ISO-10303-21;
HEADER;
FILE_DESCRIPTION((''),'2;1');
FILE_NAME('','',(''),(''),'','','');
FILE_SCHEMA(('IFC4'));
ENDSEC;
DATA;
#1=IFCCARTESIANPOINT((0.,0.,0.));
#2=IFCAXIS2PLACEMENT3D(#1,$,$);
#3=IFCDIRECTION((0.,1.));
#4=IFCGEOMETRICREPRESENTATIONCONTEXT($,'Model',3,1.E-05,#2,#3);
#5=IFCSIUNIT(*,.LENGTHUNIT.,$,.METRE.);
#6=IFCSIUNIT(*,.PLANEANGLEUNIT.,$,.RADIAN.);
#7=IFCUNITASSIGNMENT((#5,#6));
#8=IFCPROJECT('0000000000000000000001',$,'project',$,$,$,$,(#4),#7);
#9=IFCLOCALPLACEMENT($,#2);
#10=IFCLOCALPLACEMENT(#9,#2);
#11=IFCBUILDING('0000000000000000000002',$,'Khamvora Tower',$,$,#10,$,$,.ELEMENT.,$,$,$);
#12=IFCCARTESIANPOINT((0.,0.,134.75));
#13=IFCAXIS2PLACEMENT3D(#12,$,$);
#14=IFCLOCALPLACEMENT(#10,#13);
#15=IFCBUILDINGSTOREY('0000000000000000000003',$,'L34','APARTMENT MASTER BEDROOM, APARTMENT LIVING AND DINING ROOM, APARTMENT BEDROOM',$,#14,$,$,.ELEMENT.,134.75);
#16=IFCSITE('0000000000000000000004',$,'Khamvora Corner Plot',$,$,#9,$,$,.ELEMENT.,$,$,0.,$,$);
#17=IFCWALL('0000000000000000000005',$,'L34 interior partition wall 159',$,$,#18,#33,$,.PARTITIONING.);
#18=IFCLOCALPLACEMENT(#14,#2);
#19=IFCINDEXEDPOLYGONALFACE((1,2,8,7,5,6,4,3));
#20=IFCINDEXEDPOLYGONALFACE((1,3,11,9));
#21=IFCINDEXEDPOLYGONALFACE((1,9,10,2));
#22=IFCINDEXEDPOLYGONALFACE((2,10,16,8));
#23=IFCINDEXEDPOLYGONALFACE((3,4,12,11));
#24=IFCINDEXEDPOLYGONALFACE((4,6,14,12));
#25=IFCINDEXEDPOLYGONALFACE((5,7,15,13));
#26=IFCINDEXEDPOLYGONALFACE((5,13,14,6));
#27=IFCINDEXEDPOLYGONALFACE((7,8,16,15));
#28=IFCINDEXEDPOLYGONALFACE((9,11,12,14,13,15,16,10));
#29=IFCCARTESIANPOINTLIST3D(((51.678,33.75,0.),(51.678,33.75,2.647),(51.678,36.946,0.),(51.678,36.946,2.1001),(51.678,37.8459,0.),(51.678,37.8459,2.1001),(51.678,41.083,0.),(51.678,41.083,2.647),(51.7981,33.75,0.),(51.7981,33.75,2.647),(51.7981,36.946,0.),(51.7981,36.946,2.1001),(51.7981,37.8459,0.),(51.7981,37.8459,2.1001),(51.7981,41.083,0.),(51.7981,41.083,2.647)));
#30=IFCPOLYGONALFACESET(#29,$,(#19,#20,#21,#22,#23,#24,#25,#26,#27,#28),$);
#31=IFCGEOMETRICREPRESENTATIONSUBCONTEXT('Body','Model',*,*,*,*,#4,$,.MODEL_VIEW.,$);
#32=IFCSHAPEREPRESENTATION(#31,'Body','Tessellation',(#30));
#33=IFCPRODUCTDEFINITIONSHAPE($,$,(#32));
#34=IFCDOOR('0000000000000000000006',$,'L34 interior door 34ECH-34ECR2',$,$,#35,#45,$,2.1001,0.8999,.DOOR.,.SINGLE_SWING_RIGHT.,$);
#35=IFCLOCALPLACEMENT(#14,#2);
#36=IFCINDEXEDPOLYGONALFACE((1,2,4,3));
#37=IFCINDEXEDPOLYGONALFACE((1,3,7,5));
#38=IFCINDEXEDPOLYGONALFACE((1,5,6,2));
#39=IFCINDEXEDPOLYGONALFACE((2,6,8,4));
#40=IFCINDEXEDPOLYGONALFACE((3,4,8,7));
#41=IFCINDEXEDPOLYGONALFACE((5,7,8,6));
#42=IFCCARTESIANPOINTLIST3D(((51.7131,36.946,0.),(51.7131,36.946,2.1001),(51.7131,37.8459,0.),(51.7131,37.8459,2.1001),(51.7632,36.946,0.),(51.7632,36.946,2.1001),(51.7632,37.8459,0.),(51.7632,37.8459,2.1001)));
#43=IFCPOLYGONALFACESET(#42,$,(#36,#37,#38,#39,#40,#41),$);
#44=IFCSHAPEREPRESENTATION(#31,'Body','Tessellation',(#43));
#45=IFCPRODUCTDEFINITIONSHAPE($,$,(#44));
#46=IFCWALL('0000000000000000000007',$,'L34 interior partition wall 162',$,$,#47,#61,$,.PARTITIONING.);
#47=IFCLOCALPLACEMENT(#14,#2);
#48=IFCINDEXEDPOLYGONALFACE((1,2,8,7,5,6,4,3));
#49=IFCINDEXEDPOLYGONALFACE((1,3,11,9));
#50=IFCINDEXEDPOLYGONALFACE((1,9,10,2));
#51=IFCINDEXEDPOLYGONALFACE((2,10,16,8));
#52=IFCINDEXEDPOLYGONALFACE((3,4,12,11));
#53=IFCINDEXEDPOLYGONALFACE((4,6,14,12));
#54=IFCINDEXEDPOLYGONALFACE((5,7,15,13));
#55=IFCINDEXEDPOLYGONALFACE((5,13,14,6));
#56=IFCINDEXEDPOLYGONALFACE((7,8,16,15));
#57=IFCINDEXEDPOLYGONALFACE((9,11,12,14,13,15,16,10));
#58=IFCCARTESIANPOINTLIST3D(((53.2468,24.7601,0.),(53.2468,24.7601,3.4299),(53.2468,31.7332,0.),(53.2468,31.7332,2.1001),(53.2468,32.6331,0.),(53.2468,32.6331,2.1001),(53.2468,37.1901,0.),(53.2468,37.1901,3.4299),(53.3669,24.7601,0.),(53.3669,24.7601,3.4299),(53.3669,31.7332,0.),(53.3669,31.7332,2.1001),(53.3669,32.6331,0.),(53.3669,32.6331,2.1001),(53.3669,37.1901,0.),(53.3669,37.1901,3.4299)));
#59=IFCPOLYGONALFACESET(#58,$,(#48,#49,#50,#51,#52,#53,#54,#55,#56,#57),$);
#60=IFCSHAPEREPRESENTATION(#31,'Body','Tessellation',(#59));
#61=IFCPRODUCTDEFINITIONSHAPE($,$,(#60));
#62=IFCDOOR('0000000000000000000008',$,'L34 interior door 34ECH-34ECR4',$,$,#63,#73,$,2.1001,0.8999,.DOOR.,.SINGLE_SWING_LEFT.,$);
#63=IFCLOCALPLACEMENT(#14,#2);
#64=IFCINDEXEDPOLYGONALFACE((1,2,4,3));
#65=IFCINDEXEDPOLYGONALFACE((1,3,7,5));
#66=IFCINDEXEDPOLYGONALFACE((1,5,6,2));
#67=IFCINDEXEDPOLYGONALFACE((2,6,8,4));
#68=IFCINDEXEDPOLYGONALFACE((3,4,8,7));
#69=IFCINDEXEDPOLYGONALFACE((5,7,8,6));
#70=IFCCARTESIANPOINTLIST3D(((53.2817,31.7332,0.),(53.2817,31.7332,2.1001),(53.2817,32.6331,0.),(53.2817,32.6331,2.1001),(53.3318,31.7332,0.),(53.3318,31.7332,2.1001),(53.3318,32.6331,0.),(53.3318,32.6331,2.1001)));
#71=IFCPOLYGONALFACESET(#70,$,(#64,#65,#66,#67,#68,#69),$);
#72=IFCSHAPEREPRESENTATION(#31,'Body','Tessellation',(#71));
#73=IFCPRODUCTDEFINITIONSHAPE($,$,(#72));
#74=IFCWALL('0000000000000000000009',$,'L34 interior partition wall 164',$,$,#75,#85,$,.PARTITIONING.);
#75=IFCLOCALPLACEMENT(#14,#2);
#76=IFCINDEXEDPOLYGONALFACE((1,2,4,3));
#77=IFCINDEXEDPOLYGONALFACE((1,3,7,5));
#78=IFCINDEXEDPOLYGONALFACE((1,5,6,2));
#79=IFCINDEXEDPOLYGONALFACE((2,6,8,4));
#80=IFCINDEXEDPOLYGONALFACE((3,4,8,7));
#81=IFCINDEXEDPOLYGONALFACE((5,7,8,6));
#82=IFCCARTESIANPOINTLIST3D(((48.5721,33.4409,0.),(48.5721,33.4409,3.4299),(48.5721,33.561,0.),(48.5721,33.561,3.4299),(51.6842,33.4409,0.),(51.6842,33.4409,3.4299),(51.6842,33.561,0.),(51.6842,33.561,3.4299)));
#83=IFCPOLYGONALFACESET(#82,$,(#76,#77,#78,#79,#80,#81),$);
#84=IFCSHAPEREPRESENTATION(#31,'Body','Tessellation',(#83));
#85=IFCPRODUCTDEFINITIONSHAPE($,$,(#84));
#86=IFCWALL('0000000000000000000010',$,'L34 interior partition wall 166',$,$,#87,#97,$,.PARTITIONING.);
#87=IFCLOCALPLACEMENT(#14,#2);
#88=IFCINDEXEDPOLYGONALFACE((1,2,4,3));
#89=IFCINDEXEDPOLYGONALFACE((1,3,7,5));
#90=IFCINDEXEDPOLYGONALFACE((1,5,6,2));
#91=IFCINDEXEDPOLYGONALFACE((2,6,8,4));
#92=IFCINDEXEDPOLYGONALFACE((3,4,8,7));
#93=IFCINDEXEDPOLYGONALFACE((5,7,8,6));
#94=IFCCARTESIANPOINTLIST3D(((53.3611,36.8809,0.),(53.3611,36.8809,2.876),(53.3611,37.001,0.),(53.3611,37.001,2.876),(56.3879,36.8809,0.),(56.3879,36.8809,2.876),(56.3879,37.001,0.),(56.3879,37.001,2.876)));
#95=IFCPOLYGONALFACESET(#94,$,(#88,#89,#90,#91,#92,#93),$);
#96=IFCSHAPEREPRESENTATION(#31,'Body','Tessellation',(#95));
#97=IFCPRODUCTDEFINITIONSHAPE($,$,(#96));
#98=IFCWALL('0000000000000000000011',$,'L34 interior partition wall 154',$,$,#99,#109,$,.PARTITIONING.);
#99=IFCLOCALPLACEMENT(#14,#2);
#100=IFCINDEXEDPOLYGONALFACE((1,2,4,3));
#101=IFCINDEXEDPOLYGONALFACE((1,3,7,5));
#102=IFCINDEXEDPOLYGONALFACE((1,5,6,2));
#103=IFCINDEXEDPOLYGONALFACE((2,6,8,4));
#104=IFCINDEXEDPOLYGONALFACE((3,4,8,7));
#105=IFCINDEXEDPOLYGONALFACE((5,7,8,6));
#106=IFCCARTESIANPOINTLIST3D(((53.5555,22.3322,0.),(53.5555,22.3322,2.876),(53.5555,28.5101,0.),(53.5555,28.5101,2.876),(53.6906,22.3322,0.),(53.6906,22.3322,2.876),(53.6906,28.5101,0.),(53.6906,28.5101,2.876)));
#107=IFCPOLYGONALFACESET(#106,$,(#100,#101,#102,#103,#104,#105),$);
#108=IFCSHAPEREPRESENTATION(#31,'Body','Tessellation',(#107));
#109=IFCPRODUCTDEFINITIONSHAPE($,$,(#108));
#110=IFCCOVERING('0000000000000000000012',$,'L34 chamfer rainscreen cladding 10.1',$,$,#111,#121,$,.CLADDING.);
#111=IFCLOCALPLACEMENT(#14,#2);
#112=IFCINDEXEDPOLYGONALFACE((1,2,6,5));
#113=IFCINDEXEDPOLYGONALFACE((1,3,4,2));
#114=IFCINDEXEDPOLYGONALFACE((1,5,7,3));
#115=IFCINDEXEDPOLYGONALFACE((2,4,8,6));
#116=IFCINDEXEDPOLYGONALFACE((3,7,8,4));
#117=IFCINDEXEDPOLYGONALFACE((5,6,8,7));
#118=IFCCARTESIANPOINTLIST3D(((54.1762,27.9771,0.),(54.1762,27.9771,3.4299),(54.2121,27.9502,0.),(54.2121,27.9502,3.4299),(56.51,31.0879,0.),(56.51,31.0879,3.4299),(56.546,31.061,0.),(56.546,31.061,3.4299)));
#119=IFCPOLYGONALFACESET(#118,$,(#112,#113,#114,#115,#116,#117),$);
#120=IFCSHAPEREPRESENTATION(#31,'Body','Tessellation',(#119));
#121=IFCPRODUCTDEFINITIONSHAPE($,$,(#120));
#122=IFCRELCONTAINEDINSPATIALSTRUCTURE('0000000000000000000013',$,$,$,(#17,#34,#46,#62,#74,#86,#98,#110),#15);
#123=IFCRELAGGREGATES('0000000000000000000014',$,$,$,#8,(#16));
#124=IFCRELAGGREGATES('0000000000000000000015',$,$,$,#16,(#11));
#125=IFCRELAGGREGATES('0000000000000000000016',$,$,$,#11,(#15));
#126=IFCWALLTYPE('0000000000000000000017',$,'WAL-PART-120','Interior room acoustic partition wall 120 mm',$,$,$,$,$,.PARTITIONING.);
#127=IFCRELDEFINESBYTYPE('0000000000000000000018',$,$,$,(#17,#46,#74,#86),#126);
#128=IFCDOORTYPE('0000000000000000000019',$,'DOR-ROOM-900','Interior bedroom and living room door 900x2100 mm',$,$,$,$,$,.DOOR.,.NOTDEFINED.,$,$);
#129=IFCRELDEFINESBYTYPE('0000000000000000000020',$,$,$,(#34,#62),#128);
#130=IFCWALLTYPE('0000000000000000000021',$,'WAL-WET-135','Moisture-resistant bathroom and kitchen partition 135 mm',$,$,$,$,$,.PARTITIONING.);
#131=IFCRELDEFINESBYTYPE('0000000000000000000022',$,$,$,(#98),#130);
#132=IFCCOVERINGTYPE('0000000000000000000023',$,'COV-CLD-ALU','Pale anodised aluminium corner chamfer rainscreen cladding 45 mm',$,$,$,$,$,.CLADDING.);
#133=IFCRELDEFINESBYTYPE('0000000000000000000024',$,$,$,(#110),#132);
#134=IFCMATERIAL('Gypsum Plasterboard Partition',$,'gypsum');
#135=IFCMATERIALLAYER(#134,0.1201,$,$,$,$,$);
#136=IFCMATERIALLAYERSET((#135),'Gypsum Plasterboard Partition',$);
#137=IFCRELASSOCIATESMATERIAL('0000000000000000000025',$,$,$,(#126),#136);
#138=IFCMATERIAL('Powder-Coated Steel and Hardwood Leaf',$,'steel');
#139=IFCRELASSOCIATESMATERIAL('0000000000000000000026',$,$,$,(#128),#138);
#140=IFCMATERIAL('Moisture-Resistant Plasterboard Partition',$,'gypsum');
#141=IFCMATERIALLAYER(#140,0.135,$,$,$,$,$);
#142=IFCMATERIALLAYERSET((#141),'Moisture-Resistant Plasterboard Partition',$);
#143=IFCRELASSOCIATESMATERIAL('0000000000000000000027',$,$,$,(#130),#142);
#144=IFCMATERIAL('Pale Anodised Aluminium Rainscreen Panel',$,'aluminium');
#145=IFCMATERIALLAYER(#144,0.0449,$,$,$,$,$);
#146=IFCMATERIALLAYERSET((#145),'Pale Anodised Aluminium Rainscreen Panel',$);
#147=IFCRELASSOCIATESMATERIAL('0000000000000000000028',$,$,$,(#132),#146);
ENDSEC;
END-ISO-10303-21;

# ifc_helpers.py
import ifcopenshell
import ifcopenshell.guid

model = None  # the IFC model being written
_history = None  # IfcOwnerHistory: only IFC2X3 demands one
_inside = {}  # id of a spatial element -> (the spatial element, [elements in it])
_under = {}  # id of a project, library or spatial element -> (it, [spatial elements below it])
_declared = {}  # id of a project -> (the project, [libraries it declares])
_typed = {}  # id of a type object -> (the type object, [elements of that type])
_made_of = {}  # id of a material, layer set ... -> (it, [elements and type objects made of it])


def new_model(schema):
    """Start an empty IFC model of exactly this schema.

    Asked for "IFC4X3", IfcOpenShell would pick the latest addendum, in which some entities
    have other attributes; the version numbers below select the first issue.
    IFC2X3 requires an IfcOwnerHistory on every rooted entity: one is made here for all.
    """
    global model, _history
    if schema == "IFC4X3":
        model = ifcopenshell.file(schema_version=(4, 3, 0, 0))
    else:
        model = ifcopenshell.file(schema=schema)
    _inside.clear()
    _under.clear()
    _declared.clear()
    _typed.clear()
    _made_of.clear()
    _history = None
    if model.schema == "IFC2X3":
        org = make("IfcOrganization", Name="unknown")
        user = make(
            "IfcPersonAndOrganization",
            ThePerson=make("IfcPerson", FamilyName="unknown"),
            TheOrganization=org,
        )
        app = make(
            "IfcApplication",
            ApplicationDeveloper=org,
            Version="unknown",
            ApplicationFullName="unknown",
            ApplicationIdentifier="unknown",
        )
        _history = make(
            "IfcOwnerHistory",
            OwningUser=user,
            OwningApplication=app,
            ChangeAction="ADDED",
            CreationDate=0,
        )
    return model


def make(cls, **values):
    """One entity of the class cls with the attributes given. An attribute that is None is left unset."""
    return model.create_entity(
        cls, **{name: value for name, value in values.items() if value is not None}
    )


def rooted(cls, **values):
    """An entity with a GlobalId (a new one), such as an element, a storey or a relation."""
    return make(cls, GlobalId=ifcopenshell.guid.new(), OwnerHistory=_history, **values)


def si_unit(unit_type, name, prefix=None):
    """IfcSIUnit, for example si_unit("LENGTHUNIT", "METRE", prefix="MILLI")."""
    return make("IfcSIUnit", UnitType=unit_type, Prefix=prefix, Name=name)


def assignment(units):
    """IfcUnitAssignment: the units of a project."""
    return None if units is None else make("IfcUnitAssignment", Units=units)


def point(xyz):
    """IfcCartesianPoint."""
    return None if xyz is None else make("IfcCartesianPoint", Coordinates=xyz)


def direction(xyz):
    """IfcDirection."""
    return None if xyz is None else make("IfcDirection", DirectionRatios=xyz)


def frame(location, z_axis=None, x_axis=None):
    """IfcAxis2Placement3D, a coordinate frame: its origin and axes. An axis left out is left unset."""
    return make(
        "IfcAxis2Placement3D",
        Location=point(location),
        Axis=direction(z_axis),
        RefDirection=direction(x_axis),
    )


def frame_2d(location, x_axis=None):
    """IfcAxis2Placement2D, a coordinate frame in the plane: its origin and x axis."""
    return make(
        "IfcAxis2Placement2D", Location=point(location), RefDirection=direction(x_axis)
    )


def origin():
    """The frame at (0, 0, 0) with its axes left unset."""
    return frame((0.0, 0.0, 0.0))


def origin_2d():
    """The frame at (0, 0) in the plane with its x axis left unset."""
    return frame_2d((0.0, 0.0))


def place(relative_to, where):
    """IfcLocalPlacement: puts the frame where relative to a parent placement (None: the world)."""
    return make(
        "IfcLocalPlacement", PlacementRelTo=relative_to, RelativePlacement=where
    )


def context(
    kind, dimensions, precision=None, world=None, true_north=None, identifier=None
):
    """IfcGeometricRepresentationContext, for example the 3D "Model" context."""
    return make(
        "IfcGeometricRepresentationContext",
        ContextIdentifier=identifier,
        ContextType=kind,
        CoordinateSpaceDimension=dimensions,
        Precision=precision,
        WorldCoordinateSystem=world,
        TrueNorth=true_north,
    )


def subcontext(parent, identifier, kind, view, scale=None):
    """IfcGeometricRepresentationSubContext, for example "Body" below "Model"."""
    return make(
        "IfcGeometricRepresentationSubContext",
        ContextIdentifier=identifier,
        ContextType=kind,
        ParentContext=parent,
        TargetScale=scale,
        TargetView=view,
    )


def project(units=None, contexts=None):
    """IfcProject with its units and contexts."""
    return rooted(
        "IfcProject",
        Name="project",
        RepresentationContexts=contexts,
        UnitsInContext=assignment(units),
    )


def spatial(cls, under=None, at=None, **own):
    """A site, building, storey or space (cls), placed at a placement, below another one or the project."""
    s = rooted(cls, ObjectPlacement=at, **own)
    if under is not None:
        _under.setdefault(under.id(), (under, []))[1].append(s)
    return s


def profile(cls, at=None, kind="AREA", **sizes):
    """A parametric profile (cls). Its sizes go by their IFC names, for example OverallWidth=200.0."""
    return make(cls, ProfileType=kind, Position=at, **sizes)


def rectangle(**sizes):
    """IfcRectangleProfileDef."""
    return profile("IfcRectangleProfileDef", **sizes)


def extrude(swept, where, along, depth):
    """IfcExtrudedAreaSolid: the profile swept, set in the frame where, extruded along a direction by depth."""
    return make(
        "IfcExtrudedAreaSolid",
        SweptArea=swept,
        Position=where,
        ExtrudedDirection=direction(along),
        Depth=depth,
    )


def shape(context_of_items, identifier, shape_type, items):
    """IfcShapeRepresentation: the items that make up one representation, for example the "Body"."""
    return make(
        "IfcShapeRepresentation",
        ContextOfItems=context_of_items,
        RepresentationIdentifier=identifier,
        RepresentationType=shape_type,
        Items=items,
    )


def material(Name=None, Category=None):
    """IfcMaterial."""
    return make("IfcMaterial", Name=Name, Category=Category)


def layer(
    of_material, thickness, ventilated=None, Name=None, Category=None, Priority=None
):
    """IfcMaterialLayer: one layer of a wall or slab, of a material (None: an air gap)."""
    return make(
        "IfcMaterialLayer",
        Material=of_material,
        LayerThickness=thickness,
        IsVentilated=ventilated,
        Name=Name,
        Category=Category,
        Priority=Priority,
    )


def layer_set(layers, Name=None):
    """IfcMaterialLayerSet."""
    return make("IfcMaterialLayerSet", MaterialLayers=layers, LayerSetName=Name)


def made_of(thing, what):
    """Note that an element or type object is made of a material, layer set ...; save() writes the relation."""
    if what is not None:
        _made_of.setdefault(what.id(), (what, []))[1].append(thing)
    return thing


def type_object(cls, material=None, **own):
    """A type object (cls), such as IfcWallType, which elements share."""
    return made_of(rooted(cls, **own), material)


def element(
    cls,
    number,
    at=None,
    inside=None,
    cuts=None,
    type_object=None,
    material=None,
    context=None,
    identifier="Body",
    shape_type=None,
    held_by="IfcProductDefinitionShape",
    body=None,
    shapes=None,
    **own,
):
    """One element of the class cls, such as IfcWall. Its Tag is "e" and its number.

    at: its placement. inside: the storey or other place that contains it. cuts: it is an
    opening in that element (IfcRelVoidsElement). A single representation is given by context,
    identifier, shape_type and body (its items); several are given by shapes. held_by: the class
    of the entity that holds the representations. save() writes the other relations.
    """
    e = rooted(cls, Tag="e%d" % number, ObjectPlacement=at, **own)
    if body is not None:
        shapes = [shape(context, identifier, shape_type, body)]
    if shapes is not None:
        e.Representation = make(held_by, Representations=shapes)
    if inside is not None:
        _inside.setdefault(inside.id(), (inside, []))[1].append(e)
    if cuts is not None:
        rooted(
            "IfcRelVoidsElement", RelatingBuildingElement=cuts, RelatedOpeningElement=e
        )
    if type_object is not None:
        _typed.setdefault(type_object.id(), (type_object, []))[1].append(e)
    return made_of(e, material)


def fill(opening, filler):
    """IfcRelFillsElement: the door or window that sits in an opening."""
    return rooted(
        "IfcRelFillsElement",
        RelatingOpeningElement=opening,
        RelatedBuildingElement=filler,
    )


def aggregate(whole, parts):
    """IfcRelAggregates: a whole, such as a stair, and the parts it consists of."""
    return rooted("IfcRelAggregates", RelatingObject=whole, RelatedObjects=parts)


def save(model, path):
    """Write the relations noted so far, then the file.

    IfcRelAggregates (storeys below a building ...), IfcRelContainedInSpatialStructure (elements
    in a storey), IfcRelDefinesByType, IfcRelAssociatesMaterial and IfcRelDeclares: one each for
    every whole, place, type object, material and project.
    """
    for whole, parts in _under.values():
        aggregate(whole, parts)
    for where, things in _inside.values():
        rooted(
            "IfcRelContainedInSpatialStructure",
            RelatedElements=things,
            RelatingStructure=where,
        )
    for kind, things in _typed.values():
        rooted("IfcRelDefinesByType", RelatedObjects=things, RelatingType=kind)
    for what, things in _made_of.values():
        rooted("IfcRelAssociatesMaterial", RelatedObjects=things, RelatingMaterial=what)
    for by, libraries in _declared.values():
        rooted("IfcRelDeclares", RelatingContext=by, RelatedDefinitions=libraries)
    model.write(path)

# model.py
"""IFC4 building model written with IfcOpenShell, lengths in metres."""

from ifc_helpers import new_model, si_unit, direction, frame, frame_2d, origin, origin_2d, place, context, subcontext, project, spatial, rectangle, extrude, material, layer, layer_set, type_object, element, fill, save


model = new_model("IFC4")

# Units and contexts
model_context = context("Model", 3, precision=1e-05, world=origin(), true_north=direction((0.0, 1.0)))
body_context = subcontext(model_context, "Body", "Model", "MODEL_VIEW")
ifc_project = project(units=[si_unit("LENGTHUNIT", "METRE"), si_unit("PLANEANGLEUNIT", "RADIAN")], contexts=[model_context])

# Site, building, storey
site_placement = place(None, origin())
site = spatial("IfcSite", under=ifc_project, at=site_placement, Name="Khamvora Corner Plot", CompositionType="ELEMENT", RefElevation=0.0)
building_placement = place(site_placement, origin())
building = spatial("IfcBuilding", under=site, at=building_placement, Name="Khamvora Tower", CompositionType="ELEMENT")
storey_placement = place(building_placement, frame((0.0, 0.0, 134.75)))
storey = spatial("IfcBuildingStorey", under=building, at=storey_placement, Name="L34", Description="APARTMENT MASTER BEDROOM, APARTMENT LIVING AND DINING ROOM, APARTMENT BEDROOM", CompositionType="ELEMENT", Elevation=134.75)

# Shared definitions
ifc_material_1 = material(Name="Powder-Coated Steel and Hardwood Leaf", Category="steel")

# Shared definitions
ifc_material_2 = material(Name="Gypsum Plasterboard Partition", Category="gypsum")
ifc_layer_1 = layer(ifc_material_2, 0.1201)
ifc_layer_set_1 = layer_set([ifc_layer_1], Name="Gypsum Plasterboard Partition")
wall_type_1 = type_object("IfcWallType", Name="WAL-PART-120", Description="Interior room acoustic partition wall 120 mm", PredefinedType="PARTITIONING", material=ifc_layer_set_1)
door_type_1 = type_object("IfcDoorType", Name="DOR-ROOM-900", Description="Interior bedroom and living room door 900x2100 mm", OperationType="NOTDEFINED", PredefinedType="DOOR", material=ifc_material_1)

# Walls, openings, doors
wall_1_placement = place(storey_placement, frame((51.738, 33.75, 0.0), z_axis=(0.0, 0.0, 1.0), x_axis=(0.0, 1.0, 0.0)))
wall_1 = element("IfcWall", 1, at=wall_1_placement, inside=storey, type_object=wall_type_1, Name="L34 interior partition wall 159", PredefinedType="PARTITIONING", context=body_context, shape_type="SweptSolid", body=[
    extrude(rectangle(XDim=7.333, YDim=0.1201, at=frame_2d((3.6665, 0.0))), origin(), (0.0, 0.0, 1.0), 2.647),
])
opening_1_placement = place(wall_1_placement, frame((3.196, 0.0, 0.0)))
opening_1 = element("IfcOpeningElement", 2, at=opening_1_placement, cuts=wall_1, PredefinedType="OPENING", context=body_context, shape_type="SweptSolid", body=[
    extrude(rectangle(XDim=0.8999, YDim=2.1001, at=frame_2d((0.45, 1.05))), frame((0.0, 0.0701, 0.0), z_axis=(0.0, -1.0, 0.0), x_axis=(1.0, 0.0, 0.0)), (0.0, 0.0, 1.0), 0.1401),
])
door_1_placement = place(opening_1_placement, origin())
door_1 = element("IfcDoor", 3, at=door_1_placement, inside=storey, type_object=door_type_1, Name="L34 interior door 34ECH-34ECR2", OperationType="SINGLE_SWING_RIGHT", OverallHeight=2.1001, OverallWidth=0.8999, PredefinedType="DOOR", context=body_context, shape_type="SweptSolid", body=[
    extrude(rectangle(XDim=0.8999, YDim=2.1001, at=frame_2d((0.45, 1.05))), frame((0.0, 0.0249, 0.0), z_axis=(0.0, -1.0, 0.0), x_axis=(1.0, 0.0, 0.0)), (0.0, 0.0, 1.0), 0.05),
])
fill(opening_1, door_1)
wall_2_placement = place(storey_placement, frame((53.3069, 37.1899, 0.0), z_axis=(0.0, 0.0, 1.0), x_axis=(0.0, -1.0, 0.0)))
wall_2 = element("IfcWall", 4, at=wall_2_placement, inside=storey, type_object=wall_type_1, Name="L34 interior partition wall 162", PredefinedType="PARTITIONING", context=body_context, shape_type="SweptSolid", body=[
    extrude(rectangle(XDim=12.4299, YDim=0.1201, at=frame_2d((6.2148, 0.0))), origin(), (0.0, 0.0, 1.0), 3.4299),
])
opening_2_placement = place(wall_2_placement, frame((4.5569, 0.0, 0.0)))
opening_2 = element("IfcOpeningElement", 5, at=opening_2_placement, cuts=wall_2, PredefinedType="OPENING", context=body_context, shape_type="SweptSolid", body=[
    extrude(rectangle(XDim=0.8999, YDim=2.1001, at=frame_2d((0.45, 1.05))), frame((0.0, 0.0701, 0.0), z_axis=(0.0, -1.0, 0.0), x_axis=(1.0, 0.0, 0.0)), (0.0, 0.0, 1.0), 0.1401),
])
door_2_placement = place(opening_2_placement, origin())
door_2 = element("IfcDoor", 6, at=door_2_placement, inside=storey, type_object=door_type_1, Name="L34 interior door 34ECH-34ECR4", OperationType="SINGLE_SWING_LEFT", OverallHeight=2.1001, OverallWidth=0.8999, PredefinedType="DOOR", context=body_context, shape_type="SweptSolid", body=[
    extrude(rectangle(XDim=0.8999, YDim=2.1001, at=frame_2d((0.45, 1.05))), frame((0.0, 0.0249, 0.0), z_axis=(0.0, -1.0, 0.0), x_axis=(1.0, 0.0, 0.0)), (0.0, 0.0, 1.0), 0.05),
])
fill(opening_2, door_2)

# Walls
wall_3_placement = place(storey_placement, frame((48.572, 33.501, 0.0), z_axis=(0.0, 0.0, 1.0), x_axis=(1.0, 0.0, 0.0)))
element("IfcWall", 7, at=wall_3_placement, inside=storey, type_object=wall_type_1, Name="L34 interior partition wall 164", PredefinedType="PARTITIONING", context=body_context, shape_type="SweptSolid", body=[
    extrude(rectangle(XDim=3.1121, YDim=0.1201, at=frame_2d((1.5562, 0.0))), origin(), (0.0, 0.0, 1.0), 3.4299),
])
wall_4_placement = place(storey_placement, frame((53.3611, 36.9409, 0.0), z_axis=(0.0, 0.0, 1.0), x_axis=(1.0, 0.0, 0.0)))
element("IfcWall", 8, at=wall_4_placement, inside=storey, type_object=wall_type_1, Name="L34 interior partition wall 166", PredefinedType="PARTITIONING", context=body_context, shape_type="SweptSolid", body=[
    extrude(rectangle(XDim=3.0269, YDim=0.1201, at=frame_2d((1.5134, 0.0))), origin(), (0.0, 0.0, 1.0), 2.876),
])
ifc_material_3 = material(Name="Moisture-Resistant Plasterboard Partition", Category="gypsum")
ifc_layer_2 = layer(ifc_material_3, 0.135)
ifc_layer_set_2 = layer_set([ifc_layer_2], Name="Moisture-Resistant Plasterboard Partition")
wall_type_2 = type_object("IfcWallType", Name="WAL-WET-135", Description="Moisture-resistant bathroom and kitchen partition 135 mm", PredefinedType="PARTITIONING", material=ifc_layer_set_2)
wall_5_placement = place(storey_placement, frame((53.623, 28.51, 0.0), z_axis=(0.0, 0.0, 1.0), x_axis=(0.0, -1.0, 0.0)))
element("IfcWall", 9, at=wall_5_placement, inside=storey, type_object=wall_type_2, Name="L34 interior partition wall 154", PredefinedType="PARTITIONING", context=body_context, shape_type="SweptSolid", body=[
    extrude(rectangle(XDim=6.178, YDim=0.135, at=frame_2d((3.0889, 0.0))), origin(), (0.0, 0.0, 1.0), 2.876),
])

# Covering
ifc_material_4 = material(Name="Pale Anodised Aluminium Rainscreen Panel", Category="aluminium")
ifc_layer_3 = layer(ifc_material_4, 0.0449)
ifc_layer_set_3 = layer_set([ifc_layer_3], Name="Pale Anodised Aluminium Rainscreen Panel")
covering_type = type_object("IfcCoveringType", Name="COV-CLD-ALU", Description="Pale anodised aluminium corner chamfer rainscreen cladding 45 mm", PredefinedType="CLADDING", material=ifc_layer_set_3)
covering_placement = place(storey_placement, frame((55.3611, 29.519, 0.0), z_axis=(0.0, 0.0, 1.0), x_axis=(-0.60012, -0.79991, 0.0)))
element("IfcCovering", 10, at=covering_placement, inside=storey, type_object=covering_type, Name="L34 chamfer rainscreen cladding 10.1", PredefinedType="CLADDING", context=body_context, shape_type="SweptSolid", body=[
    extrude(rectangle(XDim=3.8889, YDim=0.0449, at=origin_2d()), origin(), (0.0, 0.0, 1.0), 3.4299),
])

save(model, "model.ifc")
